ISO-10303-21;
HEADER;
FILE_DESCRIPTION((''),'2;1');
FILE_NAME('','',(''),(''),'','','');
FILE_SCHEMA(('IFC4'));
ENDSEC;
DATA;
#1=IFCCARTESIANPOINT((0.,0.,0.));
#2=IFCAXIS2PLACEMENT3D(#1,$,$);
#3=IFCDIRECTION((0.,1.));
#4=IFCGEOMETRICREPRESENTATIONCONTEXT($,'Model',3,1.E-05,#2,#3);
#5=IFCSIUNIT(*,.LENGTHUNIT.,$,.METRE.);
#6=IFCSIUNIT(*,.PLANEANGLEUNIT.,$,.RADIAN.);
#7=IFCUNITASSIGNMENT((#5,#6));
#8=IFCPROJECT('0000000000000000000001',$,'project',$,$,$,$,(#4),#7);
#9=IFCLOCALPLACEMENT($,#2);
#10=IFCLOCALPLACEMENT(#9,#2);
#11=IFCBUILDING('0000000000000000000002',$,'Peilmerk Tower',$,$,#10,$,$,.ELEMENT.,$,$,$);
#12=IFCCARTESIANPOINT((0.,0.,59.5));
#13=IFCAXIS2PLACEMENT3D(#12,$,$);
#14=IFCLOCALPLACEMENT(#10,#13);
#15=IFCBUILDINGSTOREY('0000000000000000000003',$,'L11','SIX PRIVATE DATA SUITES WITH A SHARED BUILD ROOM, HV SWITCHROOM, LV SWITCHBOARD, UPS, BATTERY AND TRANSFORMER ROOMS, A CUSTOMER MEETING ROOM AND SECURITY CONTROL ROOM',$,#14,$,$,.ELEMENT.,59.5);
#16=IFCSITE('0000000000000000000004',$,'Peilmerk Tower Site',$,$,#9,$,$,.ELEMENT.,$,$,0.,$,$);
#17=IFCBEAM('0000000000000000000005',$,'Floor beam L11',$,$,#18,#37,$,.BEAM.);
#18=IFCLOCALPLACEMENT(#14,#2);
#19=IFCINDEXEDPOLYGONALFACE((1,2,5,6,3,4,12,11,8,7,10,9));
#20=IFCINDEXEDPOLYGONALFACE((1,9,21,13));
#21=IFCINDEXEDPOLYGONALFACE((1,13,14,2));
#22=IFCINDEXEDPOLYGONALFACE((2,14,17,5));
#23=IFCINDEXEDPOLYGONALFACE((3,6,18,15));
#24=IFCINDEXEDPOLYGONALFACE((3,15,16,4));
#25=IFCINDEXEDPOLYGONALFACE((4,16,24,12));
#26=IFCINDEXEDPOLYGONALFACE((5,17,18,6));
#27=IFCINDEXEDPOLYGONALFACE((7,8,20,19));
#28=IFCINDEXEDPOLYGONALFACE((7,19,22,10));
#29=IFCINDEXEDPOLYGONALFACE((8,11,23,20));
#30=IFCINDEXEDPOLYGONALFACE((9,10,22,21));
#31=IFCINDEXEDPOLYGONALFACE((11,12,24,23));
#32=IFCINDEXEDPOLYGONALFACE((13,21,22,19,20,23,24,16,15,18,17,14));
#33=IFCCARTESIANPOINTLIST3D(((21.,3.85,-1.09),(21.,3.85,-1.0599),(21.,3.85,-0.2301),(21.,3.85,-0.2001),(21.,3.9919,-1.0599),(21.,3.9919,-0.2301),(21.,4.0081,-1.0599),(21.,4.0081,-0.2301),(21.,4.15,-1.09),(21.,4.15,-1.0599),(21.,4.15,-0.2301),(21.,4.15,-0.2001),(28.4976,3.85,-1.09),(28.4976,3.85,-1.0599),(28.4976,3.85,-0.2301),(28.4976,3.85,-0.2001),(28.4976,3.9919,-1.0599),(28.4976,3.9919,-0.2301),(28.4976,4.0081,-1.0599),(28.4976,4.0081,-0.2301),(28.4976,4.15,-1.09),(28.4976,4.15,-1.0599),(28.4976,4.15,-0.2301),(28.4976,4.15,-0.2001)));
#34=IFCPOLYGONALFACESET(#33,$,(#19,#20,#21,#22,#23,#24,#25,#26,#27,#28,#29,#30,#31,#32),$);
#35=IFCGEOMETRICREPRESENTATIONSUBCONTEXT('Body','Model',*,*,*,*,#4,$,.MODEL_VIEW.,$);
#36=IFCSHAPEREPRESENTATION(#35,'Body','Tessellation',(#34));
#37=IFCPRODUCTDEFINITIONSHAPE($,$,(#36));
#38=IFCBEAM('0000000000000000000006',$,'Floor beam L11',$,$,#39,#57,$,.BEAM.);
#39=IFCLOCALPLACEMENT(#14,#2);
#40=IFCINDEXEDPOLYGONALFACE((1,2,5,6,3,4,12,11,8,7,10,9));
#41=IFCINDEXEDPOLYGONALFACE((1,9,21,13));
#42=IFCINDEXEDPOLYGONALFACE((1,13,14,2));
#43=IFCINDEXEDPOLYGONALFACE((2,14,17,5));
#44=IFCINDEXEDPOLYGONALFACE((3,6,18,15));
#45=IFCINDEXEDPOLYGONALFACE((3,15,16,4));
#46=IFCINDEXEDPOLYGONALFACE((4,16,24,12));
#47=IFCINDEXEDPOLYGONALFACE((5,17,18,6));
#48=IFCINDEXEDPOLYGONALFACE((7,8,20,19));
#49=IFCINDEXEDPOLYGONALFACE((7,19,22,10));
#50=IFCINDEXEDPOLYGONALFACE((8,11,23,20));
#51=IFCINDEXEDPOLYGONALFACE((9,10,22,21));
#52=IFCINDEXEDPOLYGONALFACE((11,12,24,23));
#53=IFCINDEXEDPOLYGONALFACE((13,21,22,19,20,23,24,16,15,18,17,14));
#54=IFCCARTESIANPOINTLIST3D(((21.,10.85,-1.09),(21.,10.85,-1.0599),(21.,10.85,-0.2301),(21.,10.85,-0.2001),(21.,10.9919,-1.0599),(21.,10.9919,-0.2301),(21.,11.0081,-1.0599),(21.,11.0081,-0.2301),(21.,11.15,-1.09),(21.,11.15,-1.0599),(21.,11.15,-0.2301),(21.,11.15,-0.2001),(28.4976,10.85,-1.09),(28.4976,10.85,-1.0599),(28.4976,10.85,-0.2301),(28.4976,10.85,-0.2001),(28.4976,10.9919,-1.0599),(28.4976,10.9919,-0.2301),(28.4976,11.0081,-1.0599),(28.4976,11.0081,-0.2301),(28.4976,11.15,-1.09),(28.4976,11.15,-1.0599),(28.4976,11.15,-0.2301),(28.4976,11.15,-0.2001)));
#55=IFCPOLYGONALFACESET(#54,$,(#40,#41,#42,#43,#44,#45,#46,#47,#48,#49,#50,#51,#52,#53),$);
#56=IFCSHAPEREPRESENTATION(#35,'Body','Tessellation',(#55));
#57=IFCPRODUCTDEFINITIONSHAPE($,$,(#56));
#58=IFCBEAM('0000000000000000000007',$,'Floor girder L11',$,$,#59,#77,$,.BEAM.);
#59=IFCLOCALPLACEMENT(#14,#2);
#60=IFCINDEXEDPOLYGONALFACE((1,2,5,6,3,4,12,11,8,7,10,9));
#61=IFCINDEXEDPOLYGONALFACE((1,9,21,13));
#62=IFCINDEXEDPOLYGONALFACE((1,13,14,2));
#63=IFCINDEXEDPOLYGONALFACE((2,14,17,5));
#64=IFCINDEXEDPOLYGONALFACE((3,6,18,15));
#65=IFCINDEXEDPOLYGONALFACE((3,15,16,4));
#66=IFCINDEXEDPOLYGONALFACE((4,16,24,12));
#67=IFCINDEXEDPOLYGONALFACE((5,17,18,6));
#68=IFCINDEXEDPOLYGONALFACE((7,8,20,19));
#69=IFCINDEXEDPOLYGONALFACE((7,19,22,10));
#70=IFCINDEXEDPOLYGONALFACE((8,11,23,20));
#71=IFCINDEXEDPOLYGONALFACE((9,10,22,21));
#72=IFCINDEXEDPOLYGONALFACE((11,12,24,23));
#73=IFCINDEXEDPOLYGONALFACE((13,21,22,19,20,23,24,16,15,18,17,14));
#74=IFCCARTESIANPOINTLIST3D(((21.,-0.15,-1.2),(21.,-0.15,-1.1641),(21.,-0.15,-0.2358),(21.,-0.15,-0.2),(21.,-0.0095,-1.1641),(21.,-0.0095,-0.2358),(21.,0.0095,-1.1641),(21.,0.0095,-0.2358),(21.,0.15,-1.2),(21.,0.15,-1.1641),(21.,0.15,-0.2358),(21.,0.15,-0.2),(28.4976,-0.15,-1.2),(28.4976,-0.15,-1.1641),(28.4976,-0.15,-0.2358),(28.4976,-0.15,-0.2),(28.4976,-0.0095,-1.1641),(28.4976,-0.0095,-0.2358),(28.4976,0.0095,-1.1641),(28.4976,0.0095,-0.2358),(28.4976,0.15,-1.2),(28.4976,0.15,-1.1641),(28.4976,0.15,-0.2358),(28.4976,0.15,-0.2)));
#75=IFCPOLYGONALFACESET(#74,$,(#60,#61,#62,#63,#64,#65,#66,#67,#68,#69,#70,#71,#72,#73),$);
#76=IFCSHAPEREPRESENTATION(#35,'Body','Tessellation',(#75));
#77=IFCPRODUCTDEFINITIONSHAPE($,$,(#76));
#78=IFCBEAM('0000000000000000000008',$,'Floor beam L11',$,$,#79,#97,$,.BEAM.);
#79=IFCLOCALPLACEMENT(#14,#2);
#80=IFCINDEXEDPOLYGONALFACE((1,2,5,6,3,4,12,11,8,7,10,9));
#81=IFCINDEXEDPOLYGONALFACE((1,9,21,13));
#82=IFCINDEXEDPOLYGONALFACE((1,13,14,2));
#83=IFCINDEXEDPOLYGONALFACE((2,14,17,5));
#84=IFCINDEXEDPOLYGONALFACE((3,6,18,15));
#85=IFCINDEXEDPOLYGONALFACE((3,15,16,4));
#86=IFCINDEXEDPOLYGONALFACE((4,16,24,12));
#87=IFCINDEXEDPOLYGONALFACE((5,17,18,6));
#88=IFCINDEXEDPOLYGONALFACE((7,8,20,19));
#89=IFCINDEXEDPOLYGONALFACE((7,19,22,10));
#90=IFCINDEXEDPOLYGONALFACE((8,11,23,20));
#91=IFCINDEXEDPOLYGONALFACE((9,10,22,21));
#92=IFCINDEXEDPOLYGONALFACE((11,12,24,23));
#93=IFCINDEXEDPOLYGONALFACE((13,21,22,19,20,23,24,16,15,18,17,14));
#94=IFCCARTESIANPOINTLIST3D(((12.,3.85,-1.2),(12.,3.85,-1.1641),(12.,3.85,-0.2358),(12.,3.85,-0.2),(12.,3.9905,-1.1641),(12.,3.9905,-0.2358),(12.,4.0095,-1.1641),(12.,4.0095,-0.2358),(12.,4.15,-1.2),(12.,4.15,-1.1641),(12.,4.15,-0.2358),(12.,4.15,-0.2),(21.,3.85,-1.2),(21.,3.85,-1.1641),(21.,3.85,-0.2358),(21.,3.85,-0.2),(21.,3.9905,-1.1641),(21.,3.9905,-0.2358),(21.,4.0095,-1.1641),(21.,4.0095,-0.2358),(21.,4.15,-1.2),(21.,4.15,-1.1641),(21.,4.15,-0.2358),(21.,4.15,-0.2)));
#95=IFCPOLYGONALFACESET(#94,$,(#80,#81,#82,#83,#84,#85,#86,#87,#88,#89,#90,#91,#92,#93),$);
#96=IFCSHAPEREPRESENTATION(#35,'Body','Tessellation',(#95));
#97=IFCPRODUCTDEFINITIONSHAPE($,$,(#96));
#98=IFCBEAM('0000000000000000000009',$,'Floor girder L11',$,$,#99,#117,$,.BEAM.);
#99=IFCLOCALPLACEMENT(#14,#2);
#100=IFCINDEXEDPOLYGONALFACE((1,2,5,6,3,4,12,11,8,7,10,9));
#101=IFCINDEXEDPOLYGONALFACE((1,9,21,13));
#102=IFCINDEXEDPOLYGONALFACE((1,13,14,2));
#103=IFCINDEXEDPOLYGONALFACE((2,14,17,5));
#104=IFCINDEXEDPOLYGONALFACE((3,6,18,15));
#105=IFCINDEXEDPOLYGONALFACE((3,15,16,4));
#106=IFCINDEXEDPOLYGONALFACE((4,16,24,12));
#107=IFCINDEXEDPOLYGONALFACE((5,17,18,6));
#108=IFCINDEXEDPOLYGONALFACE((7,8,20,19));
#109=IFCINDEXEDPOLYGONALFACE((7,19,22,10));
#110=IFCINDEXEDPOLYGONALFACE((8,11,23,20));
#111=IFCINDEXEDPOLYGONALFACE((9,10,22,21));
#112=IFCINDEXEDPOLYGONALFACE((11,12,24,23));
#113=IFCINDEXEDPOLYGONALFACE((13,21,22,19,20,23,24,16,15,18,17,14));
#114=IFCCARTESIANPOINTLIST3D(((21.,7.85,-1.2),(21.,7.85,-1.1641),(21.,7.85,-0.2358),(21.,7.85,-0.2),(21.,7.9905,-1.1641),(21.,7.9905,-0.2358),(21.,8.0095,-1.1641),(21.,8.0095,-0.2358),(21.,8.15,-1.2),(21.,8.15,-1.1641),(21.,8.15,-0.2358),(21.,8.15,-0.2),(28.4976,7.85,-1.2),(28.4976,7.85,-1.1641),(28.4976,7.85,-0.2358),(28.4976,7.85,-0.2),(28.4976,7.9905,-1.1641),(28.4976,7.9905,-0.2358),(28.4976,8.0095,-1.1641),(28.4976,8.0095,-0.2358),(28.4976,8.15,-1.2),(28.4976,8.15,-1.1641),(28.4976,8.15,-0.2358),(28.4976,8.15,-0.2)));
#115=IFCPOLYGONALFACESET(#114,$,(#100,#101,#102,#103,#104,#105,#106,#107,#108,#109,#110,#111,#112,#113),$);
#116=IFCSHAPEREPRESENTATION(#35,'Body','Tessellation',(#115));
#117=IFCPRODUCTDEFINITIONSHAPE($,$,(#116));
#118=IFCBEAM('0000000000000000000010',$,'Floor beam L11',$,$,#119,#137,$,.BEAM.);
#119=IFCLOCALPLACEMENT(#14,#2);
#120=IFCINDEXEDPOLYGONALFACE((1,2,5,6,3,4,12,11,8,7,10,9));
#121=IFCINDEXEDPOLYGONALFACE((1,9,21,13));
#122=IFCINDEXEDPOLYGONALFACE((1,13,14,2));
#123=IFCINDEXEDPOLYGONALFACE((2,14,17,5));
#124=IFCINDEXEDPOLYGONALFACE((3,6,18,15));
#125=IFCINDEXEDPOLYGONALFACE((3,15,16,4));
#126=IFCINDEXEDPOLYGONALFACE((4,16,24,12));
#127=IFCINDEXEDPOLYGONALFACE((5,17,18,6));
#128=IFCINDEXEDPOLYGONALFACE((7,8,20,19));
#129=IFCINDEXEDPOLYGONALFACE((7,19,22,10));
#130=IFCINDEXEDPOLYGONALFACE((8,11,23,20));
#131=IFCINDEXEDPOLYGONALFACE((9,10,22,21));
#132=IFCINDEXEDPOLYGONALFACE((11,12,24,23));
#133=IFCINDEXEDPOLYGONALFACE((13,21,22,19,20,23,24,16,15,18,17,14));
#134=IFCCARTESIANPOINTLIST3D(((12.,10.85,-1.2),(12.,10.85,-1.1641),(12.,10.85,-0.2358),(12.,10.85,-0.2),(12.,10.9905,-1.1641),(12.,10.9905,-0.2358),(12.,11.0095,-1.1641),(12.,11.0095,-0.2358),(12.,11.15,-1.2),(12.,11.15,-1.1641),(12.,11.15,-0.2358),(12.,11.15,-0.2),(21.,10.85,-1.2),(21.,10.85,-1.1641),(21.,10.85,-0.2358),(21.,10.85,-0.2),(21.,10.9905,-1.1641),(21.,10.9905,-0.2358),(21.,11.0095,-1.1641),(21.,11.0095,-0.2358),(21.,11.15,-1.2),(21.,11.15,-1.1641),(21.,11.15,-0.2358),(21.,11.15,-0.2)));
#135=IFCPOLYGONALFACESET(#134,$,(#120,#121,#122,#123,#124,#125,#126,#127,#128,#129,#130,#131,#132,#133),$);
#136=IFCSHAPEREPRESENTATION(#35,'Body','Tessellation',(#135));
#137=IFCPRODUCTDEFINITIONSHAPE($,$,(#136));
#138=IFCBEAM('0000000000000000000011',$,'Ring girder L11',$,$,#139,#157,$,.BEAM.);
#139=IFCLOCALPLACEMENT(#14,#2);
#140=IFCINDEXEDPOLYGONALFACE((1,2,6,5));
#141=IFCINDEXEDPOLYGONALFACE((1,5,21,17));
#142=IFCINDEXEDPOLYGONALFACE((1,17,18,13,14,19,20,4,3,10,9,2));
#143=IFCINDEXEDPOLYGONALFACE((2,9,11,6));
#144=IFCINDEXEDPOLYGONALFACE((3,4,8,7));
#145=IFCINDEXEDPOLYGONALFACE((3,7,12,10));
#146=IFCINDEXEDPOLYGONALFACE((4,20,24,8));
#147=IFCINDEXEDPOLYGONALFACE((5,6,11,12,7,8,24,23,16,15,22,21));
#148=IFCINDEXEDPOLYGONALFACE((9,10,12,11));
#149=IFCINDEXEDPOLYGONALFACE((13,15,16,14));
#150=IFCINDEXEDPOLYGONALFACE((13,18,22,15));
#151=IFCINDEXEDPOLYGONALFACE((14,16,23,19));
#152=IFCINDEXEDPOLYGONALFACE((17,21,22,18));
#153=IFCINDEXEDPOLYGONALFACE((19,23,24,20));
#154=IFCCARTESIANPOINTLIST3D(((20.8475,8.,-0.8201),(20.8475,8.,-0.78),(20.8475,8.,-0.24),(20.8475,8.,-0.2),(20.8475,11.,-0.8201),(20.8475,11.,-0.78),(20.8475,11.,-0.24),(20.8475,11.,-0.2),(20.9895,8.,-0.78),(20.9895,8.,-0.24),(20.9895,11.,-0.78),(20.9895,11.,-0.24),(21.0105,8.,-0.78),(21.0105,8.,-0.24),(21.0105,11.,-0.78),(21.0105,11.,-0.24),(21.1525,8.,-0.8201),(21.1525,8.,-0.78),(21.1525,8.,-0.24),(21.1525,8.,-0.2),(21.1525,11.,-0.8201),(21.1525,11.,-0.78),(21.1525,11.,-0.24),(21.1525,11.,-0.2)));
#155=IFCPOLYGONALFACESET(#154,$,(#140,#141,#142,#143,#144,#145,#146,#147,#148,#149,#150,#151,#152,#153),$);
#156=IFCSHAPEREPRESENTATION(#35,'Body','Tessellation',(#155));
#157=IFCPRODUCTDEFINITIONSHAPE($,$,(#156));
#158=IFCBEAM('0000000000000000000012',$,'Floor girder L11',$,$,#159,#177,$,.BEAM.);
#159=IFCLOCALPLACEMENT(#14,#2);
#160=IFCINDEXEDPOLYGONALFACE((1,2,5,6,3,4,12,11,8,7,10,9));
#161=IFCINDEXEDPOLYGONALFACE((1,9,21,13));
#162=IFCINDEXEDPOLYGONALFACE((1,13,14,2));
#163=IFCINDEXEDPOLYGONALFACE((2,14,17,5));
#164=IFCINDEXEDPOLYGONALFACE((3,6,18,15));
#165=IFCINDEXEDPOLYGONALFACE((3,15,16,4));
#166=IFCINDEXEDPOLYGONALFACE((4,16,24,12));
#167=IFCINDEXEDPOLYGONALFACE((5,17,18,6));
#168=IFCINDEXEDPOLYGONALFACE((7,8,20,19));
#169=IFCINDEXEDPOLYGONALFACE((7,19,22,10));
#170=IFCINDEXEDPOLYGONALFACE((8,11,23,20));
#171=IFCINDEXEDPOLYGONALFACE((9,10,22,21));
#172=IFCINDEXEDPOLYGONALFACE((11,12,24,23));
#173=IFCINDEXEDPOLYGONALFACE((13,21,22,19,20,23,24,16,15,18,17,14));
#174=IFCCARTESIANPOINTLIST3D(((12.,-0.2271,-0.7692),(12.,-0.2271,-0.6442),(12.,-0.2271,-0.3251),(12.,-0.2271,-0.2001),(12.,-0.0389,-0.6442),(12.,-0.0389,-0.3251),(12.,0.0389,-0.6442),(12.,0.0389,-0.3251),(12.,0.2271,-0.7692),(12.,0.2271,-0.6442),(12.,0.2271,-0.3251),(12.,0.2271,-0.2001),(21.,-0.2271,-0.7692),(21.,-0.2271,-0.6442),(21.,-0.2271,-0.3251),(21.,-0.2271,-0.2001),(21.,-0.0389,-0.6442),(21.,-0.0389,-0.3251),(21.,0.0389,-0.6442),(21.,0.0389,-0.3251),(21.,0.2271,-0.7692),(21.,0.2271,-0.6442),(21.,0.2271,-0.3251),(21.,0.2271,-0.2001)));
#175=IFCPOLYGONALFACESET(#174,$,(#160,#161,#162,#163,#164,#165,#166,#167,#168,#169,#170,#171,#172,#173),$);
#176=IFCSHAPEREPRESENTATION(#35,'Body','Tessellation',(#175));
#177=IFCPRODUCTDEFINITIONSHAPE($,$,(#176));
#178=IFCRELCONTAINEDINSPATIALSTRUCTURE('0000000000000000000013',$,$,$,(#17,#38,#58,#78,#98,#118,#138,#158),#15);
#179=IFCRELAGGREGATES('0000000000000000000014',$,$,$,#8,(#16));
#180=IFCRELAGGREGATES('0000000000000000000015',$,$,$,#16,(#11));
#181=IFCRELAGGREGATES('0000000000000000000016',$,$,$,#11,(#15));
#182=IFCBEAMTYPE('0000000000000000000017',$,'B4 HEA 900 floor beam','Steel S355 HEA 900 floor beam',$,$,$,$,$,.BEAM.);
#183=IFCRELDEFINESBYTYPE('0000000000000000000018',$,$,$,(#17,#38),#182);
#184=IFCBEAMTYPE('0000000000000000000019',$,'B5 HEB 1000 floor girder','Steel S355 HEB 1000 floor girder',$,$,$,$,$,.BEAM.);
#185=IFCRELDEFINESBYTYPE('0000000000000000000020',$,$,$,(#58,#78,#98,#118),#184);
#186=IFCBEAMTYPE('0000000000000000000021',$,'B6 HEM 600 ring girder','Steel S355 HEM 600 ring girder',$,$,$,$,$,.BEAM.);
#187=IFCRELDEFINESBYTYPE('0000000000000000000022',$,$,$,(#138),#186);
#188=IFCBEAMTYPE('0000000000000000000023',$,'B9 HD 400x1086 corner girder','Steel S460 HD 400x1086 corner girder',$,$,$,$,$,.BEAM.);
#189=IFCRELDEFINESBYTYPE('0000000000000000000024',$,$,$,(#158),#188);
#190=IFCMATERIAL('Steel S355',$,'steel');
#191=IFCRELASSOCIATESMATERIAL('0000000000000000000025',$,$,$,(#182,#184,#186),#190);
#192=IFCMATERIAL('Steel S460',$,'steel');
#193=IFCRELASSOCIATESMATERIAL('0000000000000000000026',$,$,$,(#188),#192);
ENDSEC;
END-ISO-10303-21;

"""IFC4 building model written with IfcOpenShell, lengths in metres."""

from ifc_helpers import new_model, si_unit, direction, frame, origin, origin_2d, place, context, subcontext, project, spatial, i_section, extrude, material, material_profile, profile_set, type_object, element, save


model = new_model("IFC4")

# Units and contexts
model_context = context("Model", 3, precision=1e-05, world=origin(), true_north=direction((0.0, 1.0)))
body_context = subcontext(model_context, "Body", "Model", "MODEL_VIEW")
ifc_project = project(units=[si_unit("LENGTHUNIT", "METRE"), si_unit("PLANEANGLEUNIT", "RADIAN")], contexts=[model_context])

# Site, building, storey
site_placement = place(None, origin())
site = spatial("IfcSite", under=ifc_project, at=site_placement, Name="Peilmerk Tower Site", CompositionType="ELEMENT", RefElevation=0.0)
building_placement = place(site_placement, origin())
building = spatial("IfcBuilding", under=site, at=building_placement, Name="Peilmerk Tower", CompositionType="ELEMENT")
storey_placement = place(building_placement, frame((0.0, 0.0, 59.5)))
storey = spatial("IfcBuildingStorey", under=building, at=storey_placement, Name="L11", Description="SIX PRIVATE DATA SUITES WITH A SHARED BUILD ROOM, HV SWITCHROOM, LV SWITCHBOARD, UPS, BATTERY AND TRANSFORMER ROOMS, A CUSTOMER MEETING ROOM AND SECURITY CONTROL ROOM", CompositionType="ELEMENT", Elevation=59.5)

# Beams
ifc_material_1 = material(Name="Steel S355", Category="steel")
ifc_material_profile_1 = material_profile(ifc_material_1, i_section(OverallWidth=0.3, OverallDepth=0.8899, WebThickness=0.0161, FlangeThickness=0.03, at=origin_2d()), Name="HEA 900")
ifc_profile_set_1 = profile_set([ifc_material_profile_1], Name="Steel S355")
beam_type_1 = type_object("IfcBeamType", Name="B4 HEA 900 floor beam", Description="Steel S355 HEA 900 floor beam", PredefinedType="BEAM", material=ifc_profile_set_1)
for number, where, z_axis, x_axis, name in (
    (1, (21.0, 4.0, -0.645), (1.0, 0.0, 0.0), (0.0, 1.0, 0.0), "Floor beam L11"),
    (2, (21.0, 11.0, -0.645), (1.0, 0.0, 0.0), (0.0, 1.0, 0.0), "Floor beam L11"),
):
    element("IfcBeam", number, at=place(storey_placement, frame(where, z_axis=z_axis, x_axis=x_axis)), inside=storey, type_object=beam_type_1, Name=name, PredefinedType="BEAM", context=body_context, shape_type="SweptSolid", body=[
        extrude(i_section(OverallWidth=0.3, OverallDepth=0.8899, WebThickness=0.0161, FlangeThickness=0.03, at=origin_2d()), origin(), (0.0, 0.0, 1.0), 7.4976),
    ])
ifc_material_profile_2 = material_profile(ifc_material_1, i_section(OverallWidth=0.3, OverallDepth=1.0, WebThickness=0.019, FlangeThickness=0.0359, at=origin_2d()), Name="HEB 1000")
ifc_profile_set_2 = profile_set([ifc_material_profile_2], Name="Steel S355")
beam_type_2 = type_object("IfcBeamType", Name="B5 HEB 1000 floor girder", Description="Steel S355 HEB 1000 floor girder", PredefinedType="BEAM", material=ifc_profile_set_2)
beam_1_placement = place(storey_placement, frame((21.0, 0.0, -0.7), z_axis=(1.0, 0.0, 0.0), x_axis=(0.0, 1.0, 0.0)))
element("IfcBeam", 3, at=beam_1_placement, inside=storey, type_object=beam_type_2, Name="Floor girder L11", PredefinedType="BEAM", context=body_context, shape_type="SweptSolid", body=[
    extrude(i_section(OverallWidth=0.3, OverallDepth=1.0, WebThickness=0.019, FlangeThickness=0.0359, at=origin_2d()), origin(), (0.0, 0.0, 1.0), 7.4976),
])
beam_2_placement = place(storey_placement, frame((12.0, 4.0, -0.7), z_axis=(1.0, 0.0, 0.0), x_axis=(0.0, 1.0, 0.0)))
element("IfcBeam", 4, at=beam_2_placement, inside=storey, type_object=beam_type_2, Name="Floor beam L11", PredefinedType="BEAM", context=body_context, shape_type="SweptSolid", body=[
    extrude(i_section(OverallWidth=0.3, OverallDepth=1.0, WebThickness=0.019, FlangeThickness=0.0359, at=origin_2d()), origin(), (0.0, 0.0, 1.0), 9.0),
])
beam_3_placement = place(storey_placement, frame((21.0, 8.0, -0.7), z_axis=(1.0, 0.0, 0.0), x_axis=(0.0, 1.0, 0.0)))
element("IfcBeam", 5, at=beam_3_placement, inside=storey, type_object=beam_type_2, Name="Floor girder L11", PredefinedType="BEAM", context=body_context, shape_type="SweptSolid", body=[
    extrude(i_section(OverallWidth=0.3, OverallDepth=1.0, WebThickness=0.019, FlangeThickness=0.0359, at=origin_2d()), origin(), (0.0, 0.0, 1.0), 7.4976),
])
beam_4_placement = place(storey_placement, frame((12.0, 11.0, -0.7), z_axis=(1.0, 0.0, 0.0), x_axis=(0.0, 1.0, 0.0)))
element("IfcBeam", 6, at=beam_4_placement, inside=storey, type_object=beam_type_2, Name="Floor beam L11", PredefinedType="BEAM", context=body_context, shape_type="SweptSolid", body=[
    extrude(i_section(OverallWidth=0.3, OverallDepth=1.0, WebThickness=0.019, FlangeThickness=0.0359, at=origin_2d()), origin(), (0.0, 0.0, 1.0), 9.0),
])
ifc_material_profile_3 = material_profile(ifc_material_1, i_section(OverallWidth=0.3049, OverallDepth=0.6201, WebThickness=0.021, FlangeThickness=0.04, at=origin_2d()), Name="HEM 600")
ifc_profile_set_3 = profile_set([ifc_material_profile_3], Name="Steel S355")
beam_type_3 = type_object("IfcBeamType", Name="B6 HEM 600 ring girder", Description="Steel S355 HEM 600 ring girder", PredefinedType="BEAM", material=ifc_profile_set_3)
beam_5_placement = place(storey_placement, frame((21.0, 8.0, -0.51), z_axis=(0.0, 1.0, 0.0), x_axis=(-1.0, 0.0, 0.0)))
element("IfcBeam", 7, at=beam_5_placement, inside=storey, type_object=beam_type_3, Name="Ring girder L11", PredefinedType="BEAM", context=body_context, shape_type="SweptSolid", body=[
    extrude(i_section(OverallWidth=0.3049, OverallDepth=0.6201, WebThickness=0.021, FlangeThickness=0.04, at=origin_2d()), origin(), (0.0, 0.0, 1.0), 3.0),
])
ifc_material_2 = material(Name="Steel S460", Category="steel")
ifc_material_profile_4 = material_profile(ifc_material_2, i_section(OverallWidth=0.4541, OverallDepth=0.5691, WebThickness=0.0779, FlangeThickness=0.125, at=origin_2d()), Name="HD 400x1086")
ifc_profile_set_4 = profile_set([ifc_material_profile_4], Name="Steel S460")
beam_type_4 = type_object("IfcBeamType", Name="B9 HD 400x1086 corner girder", Description="Steel S460 HD 400x1086 corner girder", PredefinedType="BEAM", material=ifc_profile_set_4)
for number, where, z_axis, x_axis, name in (
    (8, (12.0, 0.0, -0.4846), (1.0, 0.0, 0.0), (0.0, 1.0, 0.0), "Floor girder L11"),
):
    element("IfcBeam", number, at=place(storey_placement, frame(where, z_axis=z_axis, x_axis=x_axis)), inside=storey, type_object=beam_type_4, Name=name, PredefinedType="BEAM", context=body_context, shape_type="SweptSolid", body=[
        extrude(i_section(OverallWidth=0.4541, OverallDepth=0.5691, WebThickness=0.0779, FlangeThickness=0.125, at=origin_2d()), origin(), (0.0, 0.0, 1.0), 9.0),
    ])

save(model, "model.ifc")
